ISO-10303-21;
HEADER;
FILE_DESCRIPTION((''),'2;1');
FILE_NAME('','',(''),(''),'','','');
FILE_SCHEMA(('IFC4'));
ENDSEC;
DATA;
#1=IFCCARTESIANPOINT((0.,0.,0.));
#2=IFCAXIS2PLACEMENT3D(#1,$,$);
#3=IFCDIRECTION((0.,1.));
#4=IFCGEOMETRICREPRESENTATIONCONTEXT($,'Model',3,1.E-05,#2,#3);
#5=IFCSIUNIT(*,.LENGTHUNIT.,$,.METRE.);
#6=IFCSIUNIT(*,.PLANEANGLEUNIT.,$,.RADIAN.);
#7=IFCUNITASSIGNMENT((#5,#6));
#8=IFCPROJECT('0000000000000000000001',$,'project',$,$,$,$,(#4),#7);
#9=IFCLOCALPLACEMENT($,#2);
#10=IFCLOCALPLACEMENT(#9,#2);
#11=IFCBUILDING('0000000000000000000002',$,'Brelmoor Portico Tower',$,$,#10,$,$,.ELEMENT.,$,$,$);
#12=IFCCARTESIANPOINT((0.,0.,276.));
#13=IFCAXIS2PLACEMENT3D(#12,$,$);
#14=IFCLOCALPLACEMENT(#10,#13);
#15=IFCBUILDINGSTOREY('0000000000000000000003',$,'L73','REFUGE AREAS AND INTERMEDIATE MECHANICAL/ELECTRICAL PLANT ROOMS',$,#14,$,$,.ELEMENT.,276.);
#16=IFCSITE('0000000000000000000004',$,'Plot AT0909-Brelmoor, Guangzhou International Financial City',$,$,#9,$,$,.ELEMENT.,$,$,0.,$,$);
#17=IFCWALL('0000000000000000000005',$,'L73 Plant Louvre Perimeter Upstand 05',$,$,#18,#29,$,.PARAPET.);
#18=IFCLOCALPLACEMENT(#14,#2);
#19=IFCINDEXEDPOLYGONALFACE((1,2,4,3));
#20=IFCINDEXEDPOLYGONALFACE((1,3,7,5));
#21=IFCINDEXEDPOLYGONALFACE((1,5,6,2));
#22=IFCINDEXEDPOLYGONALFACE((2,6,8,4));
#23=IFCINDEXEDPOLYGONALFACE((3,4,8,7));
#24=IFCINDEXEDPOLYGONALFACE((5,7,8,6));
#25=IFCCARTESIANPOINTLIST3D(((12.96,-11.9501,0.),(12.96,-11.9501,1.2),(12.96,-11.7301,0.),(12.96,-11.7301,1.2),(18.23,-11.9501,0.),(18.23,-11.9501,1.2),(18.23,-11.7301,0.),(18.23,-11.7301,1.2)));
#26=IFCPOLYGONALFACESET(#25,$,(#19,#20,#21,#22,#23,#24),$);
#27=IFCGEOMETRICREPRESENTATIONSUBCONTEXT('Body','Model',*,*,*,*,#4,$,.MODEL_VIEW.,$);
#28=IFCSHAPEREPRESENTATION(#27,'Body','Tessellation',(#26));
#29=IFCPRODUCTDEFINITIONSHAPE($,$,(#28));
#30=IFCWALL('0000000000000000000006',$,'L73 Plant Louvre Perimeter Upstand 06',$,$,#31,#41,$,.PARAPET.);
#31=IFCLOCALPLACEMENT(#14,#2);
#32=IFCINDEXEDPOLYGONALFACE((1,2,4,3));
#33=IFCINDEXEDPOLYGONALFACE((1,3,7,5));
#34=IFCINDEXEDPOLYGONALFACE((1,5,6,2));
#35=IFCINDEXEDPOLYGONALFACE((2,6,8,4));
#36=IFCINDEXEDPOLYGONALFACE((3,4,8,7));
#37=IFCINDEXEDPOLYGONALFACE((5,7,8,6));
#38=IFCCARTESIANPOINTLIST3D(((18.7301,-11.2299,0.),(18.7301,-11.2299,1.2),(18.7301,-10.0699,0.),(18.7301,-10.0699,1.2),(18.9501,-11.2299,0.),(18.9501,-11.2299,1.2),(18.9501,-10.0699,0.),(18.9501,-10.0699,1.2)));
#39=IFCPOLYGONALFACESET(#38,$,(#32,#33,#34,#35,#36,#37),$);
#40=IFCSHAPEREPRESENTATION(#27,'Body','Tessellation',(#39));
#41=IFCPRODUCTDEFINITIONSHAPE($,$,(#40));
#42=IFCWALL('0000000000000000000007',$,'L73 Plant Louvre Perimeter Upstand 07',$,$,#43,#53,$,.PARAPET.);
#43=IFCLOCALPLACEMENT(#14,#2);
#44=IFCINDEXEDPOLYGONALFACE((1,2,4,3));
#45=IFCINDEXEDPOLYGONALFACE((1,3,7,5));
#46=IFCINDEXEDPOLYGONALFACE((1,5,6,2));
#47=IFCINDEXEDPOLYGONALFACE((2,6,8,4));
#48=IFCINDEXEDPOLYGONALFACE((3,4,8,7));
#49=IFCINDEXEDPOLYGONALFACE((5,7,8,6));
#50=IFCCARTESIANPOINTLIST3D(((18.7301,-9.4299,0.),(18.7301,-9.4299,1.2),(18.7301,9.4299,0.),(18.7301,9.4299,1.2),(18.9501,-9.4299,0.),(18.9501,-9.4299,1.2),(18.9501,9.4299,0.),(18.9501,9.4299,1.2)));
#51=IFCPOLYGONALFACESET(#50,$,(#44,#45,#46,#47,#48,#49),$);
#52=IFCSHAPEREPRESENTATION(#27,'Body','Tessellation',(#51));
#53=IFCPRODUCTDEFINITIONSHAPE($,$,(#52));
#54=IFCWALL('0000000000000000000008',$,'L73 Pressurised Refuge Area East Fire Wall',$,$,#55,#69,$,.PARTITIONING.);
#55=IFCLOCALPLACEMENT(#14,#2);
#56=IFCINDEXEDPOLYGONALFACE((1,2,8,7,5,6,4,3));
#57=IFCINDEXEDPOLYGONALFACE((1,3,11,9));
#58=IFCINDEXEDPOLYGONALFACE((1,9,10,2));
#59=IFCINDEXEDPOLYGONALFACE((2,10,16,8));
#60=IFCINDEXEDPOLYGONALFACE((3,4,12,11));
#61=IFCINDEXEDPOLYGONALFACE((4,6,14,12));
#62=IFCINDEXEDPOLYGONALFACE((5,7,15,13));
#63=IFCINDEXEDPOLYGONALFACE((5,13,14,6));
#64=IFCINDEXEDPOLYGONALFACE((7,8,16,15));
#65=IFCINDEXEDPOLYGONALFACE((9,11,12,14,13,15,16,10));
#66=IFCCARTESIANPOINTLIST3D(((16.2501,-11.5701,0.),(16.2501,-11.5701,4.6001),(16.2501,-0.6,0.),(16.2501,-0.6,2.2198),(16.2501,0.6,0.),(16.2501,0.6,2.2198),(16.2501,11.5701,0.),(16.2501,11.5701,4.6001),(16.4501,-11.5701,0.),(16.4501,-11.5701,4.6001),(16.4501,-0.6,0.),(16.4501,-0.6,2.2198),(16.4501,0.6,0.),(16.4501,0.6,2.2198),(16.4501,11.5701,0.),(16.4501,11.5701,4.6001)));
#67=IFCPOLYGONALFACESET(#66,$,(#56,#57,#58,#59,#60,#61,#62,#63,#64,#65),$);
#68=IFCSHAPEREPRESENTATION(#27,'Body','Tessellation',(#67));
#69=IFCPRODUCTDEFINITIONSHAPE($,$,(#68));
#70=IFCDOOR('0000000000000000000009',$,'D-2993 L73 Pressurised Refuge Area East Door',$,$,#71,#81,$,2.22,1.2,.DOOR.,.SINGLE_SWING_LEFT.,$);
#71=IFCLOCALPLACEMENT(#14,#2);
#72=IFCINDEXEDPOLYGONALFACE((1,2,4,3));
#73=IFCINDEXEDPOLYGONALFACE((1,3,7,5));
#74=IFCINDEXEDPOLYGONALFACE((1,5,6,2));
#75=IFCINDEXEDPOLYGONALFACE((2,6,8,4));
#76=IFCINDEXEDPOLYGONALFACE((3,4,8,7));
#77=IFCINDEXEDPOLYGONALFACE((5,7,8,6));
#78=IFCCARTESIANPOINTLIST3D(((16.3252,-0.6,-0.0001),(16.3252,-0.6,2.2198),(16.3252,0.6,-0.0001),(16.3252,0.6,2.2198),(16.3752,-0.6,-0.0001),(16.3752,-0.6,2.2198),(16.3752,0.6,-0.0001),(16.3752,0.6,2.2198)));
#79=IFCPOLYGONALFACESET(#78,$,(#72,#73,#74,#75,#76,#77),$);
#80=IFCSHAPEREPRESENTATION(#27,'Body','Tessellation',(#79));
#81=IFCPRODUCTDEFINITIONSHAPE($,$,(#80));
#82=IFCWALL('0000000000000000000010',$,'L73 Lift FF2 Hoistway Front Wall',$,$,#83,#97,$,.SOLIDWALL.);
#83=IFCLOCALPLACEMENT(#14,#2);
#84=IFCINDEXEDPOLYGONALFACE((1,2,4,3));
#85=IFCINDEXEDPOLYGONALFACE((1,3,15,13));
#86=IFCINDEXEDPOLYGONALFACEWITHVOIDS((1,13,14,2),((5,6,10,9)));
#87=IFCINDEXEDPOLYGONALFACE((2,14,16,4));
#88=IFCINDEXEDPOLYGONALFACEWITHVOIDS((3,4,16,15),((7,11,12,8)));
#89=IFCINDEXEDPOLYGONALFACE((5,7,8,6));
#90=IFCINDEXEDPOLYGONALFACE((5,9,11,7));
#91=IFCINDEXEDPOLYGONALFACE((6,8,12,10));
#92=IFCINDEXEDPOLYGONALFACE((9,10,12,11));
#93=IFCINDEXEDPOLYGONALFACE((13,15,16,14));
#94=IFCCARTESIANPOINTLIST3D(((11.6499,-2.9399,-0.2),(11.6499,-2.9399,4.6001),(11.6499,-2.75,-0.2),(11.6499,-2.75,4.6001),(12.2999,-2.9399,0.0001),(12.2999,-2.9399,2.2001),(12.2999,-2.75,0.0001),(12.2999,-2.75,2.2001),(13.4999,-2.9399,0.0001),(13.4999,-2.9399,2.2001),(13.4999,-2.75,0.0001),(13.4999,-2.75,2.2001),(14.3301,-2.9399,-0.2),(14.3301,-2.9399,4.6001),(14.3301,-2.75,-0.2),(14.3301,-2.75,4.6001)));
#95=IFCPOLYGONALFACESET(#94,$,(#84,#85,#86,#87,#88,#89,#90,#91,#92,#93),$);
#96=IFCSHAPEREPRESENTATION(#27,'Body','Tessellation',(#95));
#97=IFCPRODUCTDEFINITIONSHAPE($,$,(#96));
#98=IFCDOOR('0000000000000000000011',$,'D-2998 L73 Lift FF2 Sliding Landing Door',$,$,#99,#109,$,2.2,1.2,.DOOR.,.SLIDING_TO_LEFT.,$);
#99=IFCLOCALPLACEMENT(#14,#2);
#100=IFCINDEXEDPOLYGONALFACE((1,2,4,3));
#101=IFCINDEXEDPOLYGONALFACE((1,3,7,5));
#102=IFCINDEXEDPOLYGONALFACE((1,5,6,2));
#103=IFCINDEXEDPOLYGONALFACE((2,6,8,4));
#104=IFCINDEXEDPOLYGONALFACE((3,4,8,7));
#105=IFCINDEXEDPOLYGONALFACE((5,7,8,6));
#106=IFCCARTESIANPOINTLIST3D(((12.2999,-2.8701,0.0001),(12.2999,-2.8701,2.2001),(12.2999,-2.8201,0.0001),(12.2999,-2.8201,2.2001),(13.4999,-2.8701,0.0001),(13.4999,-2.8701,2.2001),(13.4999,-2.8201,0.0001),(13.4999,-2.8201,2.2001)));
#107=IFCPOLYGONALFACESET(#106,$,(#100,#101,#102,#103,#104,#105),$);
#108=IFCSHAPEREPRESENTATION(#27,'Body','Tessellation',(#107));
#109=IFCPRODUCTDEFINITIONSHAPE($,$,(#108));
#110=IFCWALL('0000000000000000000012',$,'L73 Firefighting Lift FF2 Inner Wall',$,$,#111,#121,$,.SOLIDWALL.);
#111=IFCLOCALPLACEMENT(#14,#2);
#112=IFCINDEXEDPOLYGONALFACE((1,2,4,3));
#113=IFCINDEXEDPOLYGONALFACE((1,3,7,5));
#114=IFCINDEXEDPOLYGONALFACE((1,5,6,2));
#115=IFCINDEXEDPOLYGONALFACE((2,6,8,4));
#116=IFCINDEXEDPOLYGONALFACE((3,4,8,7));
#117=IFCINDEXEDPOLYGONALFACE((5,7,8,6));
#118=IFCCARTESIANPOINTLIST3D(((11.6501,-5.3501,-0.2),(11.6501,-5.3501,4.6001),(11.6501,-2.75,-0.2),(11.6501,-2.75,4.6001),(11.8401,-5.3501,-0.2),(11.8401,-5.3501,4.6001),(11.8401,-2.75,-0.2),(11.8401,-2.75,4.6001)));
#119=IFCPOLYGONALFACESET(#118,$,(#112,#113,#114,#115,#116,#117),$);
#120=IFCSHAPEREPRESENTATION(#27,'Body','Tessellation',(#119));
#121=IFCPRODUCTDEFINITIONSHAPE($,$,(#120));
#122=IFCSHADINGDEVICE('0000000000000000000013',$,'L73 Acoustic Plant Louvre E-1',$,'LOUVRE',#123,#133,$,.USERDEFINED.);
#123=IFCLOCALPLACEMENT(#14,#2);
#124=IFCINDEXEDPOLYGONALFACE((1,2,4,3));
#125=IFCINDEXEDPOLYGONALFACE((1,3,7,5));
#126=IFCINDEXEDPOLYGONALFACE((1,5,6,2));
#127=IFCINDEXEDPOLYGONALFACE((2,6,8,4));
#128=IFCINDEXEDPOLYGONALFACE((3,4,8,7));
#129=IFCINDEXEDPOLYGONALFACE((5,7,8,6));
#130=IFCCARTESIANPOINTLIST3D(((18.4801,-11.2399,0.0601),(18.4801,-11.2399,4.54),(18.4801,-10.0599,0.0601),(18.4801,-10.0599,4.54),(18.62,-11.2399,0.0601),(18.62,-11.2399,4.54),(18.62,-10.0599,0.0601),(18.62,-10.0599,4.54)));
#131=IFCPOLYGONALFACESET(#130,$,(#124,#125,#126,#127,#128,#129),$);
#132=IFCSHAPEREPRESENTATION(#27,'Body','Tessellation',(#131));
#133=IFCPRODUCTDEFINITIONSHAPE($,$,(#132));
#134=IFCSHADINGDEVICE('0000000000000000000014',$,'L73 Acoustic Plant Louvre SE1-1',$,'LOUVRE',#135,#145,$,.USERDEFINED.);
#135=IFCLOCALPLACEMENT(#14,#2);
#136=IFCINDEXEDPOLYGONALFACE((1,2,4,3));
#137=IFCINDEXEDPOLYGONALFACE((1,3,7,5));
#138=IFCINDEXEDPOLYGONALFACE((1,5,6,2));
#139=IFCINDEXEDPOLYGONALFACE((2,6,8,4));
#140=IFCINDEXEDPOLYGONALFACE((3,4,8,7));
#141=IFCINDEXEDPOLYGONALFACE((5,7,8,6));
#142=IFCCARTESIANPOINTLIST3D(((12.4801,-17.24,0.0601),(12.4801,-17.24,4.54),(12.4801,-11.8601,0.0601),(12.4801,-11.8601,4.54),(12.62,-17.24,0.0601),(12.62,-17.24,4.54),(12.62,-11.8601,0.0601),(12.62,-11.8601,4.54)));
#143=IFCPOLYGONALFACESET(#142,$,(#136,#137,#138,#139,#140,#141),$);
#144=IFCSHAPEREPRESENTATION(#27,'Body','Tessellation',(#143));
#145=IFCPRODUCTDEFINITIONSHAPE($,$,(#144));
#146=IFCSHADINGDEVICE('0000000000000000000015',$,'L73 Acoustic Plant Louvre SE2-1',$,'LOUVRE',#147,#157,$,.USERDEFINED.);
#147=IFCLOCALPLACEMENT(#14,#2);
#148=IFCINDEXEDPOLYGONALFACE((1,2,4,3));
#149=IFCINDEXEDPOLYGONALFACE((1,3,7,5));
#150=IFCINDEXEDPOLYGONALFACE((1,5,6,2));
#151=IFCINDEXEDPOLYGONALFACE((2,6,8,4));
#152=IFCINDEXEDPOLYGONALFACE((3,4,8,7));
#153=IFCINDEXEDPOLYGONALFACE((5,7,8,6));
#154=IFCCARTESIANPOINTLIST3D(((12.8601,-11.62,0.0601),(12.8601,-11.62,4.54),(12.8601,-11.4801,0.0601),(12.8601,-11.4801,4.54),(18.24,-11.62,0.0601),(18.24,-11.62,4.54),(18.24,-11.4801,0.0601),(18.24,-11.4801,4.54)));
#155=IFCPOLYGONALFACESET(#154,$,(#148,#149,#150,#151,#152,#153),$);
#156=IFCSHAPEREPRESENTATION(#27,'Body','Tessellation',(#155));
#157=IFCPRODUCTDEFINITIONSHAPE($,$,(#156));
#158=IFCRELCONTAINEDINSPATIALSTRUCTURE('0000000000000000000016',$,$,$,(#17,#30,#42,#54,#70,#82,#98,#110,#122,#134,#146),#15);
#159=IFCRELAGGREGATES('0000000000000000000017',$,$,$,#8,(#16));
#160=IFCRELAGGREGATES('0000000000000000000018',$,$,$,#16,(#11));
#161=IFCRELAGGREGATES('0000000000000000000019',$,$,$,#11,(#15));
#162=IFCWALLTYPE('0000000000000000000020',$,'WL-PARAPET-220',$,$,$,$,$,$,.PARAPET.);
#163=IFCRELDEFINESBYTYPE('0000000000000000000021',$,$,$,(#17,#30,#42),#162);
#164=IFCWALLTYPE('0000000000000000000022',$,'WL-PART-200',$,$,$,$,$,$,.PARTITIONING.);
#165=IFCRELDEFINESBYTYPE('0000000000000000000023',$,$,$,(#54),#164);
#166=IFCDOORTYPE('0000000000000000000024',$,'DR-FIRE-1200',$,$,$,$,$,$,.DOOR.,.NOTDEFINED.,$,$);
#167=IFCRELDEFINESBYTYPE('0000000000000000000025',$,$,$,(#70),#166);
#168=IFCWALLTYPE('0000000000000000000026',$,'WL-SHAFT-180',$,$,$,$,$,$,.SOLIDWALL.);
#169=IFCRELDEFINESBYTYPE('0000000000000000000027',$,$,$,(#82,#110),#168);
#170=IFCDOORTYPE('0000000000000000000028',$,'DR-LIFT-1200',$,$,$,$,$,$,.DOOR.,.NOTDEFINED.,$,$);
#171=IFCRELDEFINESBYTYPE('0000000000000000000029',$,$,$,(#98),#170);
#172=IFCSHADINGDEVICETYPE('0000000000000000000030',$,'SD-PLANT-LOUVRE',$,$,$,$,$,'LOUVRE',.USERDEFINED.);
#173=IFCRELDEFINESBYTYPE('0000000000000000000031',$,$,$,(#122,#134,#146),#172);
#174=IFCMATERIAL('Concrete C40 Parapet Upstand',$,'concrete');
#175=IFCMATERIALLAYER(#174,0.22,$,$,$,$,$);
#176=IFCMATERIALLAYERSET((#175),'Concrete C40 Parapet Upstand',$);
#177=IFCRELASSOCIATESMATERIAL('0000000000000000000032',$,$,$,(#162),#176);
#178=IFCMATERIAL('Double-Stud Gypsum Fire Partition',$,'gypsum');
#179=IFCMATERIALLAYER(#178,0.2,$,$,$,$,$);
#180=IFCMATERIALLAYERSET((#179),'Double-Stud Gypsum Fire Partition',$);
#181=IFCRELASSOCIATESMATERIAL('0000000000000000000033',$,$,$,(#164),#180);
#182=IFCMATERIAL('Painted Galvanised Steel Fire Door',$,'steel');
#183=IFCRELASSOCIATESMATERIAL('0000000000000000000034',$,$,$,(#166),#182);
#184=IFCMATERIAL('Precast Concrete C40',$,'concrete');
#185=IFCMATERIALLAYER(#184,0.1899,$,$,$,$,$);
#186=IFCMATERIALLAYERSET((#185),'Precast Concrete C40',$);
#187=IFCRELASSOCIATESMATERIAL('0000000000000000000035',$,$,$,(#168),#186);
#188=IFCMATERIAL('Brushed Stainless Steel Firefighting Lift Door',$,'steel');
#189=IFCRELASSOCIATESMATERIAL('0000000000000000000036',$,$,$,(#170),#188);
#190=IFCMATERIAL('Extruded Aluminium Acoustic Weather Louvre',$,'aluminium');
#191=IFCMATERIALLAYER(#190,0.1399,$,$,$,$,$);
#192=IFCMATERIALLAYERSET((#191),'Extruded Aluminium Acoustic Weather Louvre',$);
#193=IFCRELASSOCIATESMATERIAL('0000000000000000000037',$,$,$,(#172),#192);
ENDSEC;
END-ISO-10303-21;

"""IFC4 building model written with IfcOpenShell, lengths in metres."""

from ifc_helpers import new_model, si_unit, direction, frame, frame_2d, origin, origin_2d, place, context, subcontext, project, spatial, rectangle, extrude, material, layer, layer_set, type_object, element, fill, save


model = new_model("IFC4")

# Units and contexts
model_context = context("Model", 3, precision=1e-05, world=origin(), true_north=direction((0.0, 1.0)))
body_context = subcontext(model_context, "Body", "Model", "MODEL_VIEW")
ifc_project = project(units=[si_unit("LENGTHUNIT", "METRE"), si_unit("PLANEANGLEUNIT", "RADIAN")], contexts=[model_context])

# Site, building, storey
site_placement = place(None, origin())
site = spatial("IfcSite", under=ifc_project, at=site_placement, Name="Plot AT0909-Brelmoor, Guangzhou International Financial City", CompositionType="ELEMENT", RefElevation=0.0)
building_placement = place(site_placement, origin())
building = spatial("IfcBuilding", under=site, at=building_placement, Name="Brelmoor Portico Tower", CompositionType="ELEMENT")
storey_placement = place(building_placement, frame((0.0, 0.0, 276.0)))
storey = spatial("IfcBuildingStorey", under=building, at=storey_placement, Name="L73", Description="REFUGE AREAS AND INTERMEDIATE MECHANICAL/ELECTRICAL PLANT ROOMS", CompositionType="ELEMENT", Elevation=276.0)

# Walls
ifc_material_1 = material(Name="Concrete C40 Parapet Upstand", Category="concrete")
ifc_layer_1 = layer(ifc_material_1, 0.22)
ifc_layer_set_1 = layer_set([ifc_layer_1], Name="Concrete C40 Parapet Upstand")
wall_type_1 = type_object("IfcWallType", Name="WL-PARAPET-220", PredefinedType="PARAPET", material=ifc_layer_set_1)
for number, where, z_axis, x_axis, name in (
    (1, (12.96, -11.8401, 0.0), (0.0, 0.0, 1.0), (1.0, 0.0, 0.0), "L73 Plant Louvre Perimeter Upstand 05"),
):
    element("IfcWall", number, at=place(storey_placement, frame(where, z_axis=z_axis, x_axis=x_axis)), inside=storey, type_object=wall_type_1, Name=name, PredefinedType="PARAPET", context=body_context, shape_type="SweptSolid", body=[
        extrude(rectangle(XDim=5.27, YDim=0.22, at=frame_2d((2.635, 0.0))), origin(), (0.0, 0.0, 1.0), 1.2),
    ])
wall_1_placement = place(storey_placement, frame((18.8401, -11.23, 0.0), z_axis=(0.0, 0.0, 1.0), x_axis=(0.0, 1.0, 0.0)))
element("IfcWall", 2, at=wall_1_placement, inside=storey, type_object=wall_type_1, Name="L73 Plant Louvre Perimeter Upstand 06", PredefinedType="PARAPET", context=body_context, shape_type="SweptSolid", body=[
    extrude(rectangle(XDim=1.1599, YDim=0.22, at=frame_2d((0.5801, 0.0))), origin(), (0.0, 0.0, 1.0), 1.2),
])
wall_2_placement = place(storey_placement, frame((18.8401, -9.4299, 0.0), z_axis=(0.0, 0.0, 1.0), x_axis=(0.0, 1.0, 0.0)))
element("IfcWall", 3, at=wall_2_placement, inside=storey, type_object=wall_type_1, Name="L73 Plant Louvre Perimeter Upstand 07", PredefinedType="PARAPET", context=body_context, shape_type="SweptSolid", body=[
    extrude(rectangle(XDim=18.8599, YDim=0.22, at=frame_2d((9.4299, 0.0))), origin(), (0.0, 0.0, 1.0), 1.2),
])

# Walls, openings, doors
ifc_material_2 = material(Name="Double-Stud Gypsum Fire Partition", Category="gypsum")
ifc_layer_2 = layer(ifc_material_2, 0.2)
ifc_layer_set_2 = layer_set([ifc_layer_2], Name="Double-Stud Gypsum Fire Partition")
wall_type_2 = type_object("IfcWallType", Name="WL-PART-200", PredefinedType="PARTITIONING", material=ifc_layer_set_2)
wall_3_placement = place(storey_placement, frame((16.3501, -11.5701, 0.0), z_axis=(0.0, 0.0, 1.0), x_axis=(0.0, 1.0, 0.0)))
wall_3 = element("IfcWall", 4, at=wall_3_placement, inside=storey, type_object=wall_type_2, Name="L73 Pressurised Refuge Area East Fire Wall", PredefinedType="PARTITIONING", context=body_context, shape_type="SweptSolid", body=[
    extrude(rectangle(XDim=23.1401, YDim=0.2, at=frame_2d((11.5701, 0.0))), origin(), (0.0, 0.0, 1.0), 4.6001),
])
opening_1_placement = place(wall_3_placement, frame((10.97, 0.0, 0.0)))
opening_1 = element("IfcOpeningElement", 5, at=opening_1_placement, cuts=wall_3, PredefinedType="OPENING", context=body_context, shape_type="SweptSolid", body=[
    extrude(rectangle(XDim=1.2, YDim=2.22, at=frame_2d((0.6001, 1.1099))), frame((0.0, 0.1099, 0.0), z_axis=(0.0, -1.0, 0.0), x_axis=(1.0, 0.0, 0.0)), (0.0, 0.0, 1.0), 0.22),
])
ifc_material_3 = material(Name="Painted Galvanised Steel Fire Door", Category="steel")
door_type_1 = type_object("IfcDoorType", Name="DR-FIRE-1200", OperationType="NOTDEFINED", PredefinedType="DOOR", material=ifc_material_3)
door_1_placement = place(opening_1_placement, origin())
door_1 = element("IfcDoor", 6, at=door_1_placement, inside=storey, type_object=door_type_1, Name="D-2993 L73 Pressurised Refuge Area East Door", OperationType="SINGLE_SWING_LEFT", OverallHeight=2.22, OverallWidth=1.2, PredefinedType="DOOR", context=body_context, shape_type="SweptSolid", body=[
    extrude(rectangle(XDim=1.2, YDim=2.22, at=frame_2d((0.6001, 1.1099))), frame((0.0, 0.0249, 0.0), z_axis=(0.0, -1.0, 0.0), x_axis=(1.0, 0.0, 0.0)), (0.0, 0.0, 1.0), 0.05),
])
fill(opening_1, door_1)
ifc_material_4 = material(Name="Precast Concrete C40", Category="concrete")
ifc_layer_3 = layer(ifc_material_4, 0.1899)
ifc_layer_set_3 = layer_set([ifc_layer_3], Name="Precast Concrete C40")
wall_type_3 = type_object("IfcWallType", Name="WL-SHAFT-180", PredefinedType="SOLIDWALL", material=ifc_layer_set_3)
wall_4_placement = place(storey_placement, frame((11.6499, -2.845, -0.2), z_axis=(0.0, 0.0, 1.0), x_axis=(1.0, 0.0, 0.0)))
wall_4 = element("IfcWall", 7, at=wall_4_placement, inside=storey, type_object=wall_type_3, Name="L73 Lift FF2 Hoistway Front Wall", PredefinedType="SOLIDWALL", context=body_context, shape_type="SweptSolid", body=[
    extrude(rectangle(XDim=2.6802, YDim=0.1899, at=frame_2d((1.3401, 0.0))), origin(), (0.0, 0.0, 1.0), 4.8),
])
opening_2_placement = place(wall_4_placement, frame((0.6499, 0.0, 0.2)))
opening_2 = element("IfcOpeningElement", 8, at=opening_2_placement, cuts=wall_4, PredefinedType="OPENING", context=body_context, shape_type="SweptSolid", body=[
    extrude(rectangle(XDim=1.2, YDim=2.2, at=frame_2d((0.6001, 1.1001))), frame((0.0, 0.105, 0.0), z_axis=(0.0, -1.0, 0.0), x_axis=(1.0, 0.0, 0.0)), (0.0, 0.0, 1.0), 0.21),
])
ifc_material_5 = material(Name="Brushed Stainless Steel Firefighting Lift Door", Category="steel")
door_type_2 = type_object("IfcDoorType", Name="DR-LIFT-1200", OperationType="NOTDEFINED", PredefinedType="DOOR", material=ifc_material_5)
door_2_placement = place(opening_2_placement, origin())
door_2 = element("IfcDoor", 9, at=door_2_placement, inside=storey, type_object=door_type_2, Name="D-2998 L73 Lift FF2 Sliding Landing Door", OperationType="SLIDING_TO_LEFT", OverallHeight=2.2, OverallWidth=1.2, PredefinedType="DOOR", context=body_context, shape_type="SweptSolid", body=[
    extrude(rectangle(XDim=1.2, YDim=2.2, at=frame_2d((0.6001, 1.1001))), frame((0.0, 0.0249, 0.0), z_axis=(0.0, -1.0, 0.0), x_axis=(1.0, 0.0, 0.0)), (0.0, 0.0, 1.0), 0.05),
])
fill(opening_2, door_2)

# Wall
wall_5_placement = place(storey_placement, frame((11.7451, -5.3501, -0.2), z_axis=(0.0, 0.0, 1.0), x_axis=(0.0, 1.0, 0.0)))
element("IfcWall", 10, at=wall_5_placement, inside=storey, type_object=wall_type_3, Name="L73 Firefighting Lift FF2 Inner Wall", PredefinedType="SOLIDWALL", context=body_context, shape_type="SweptSolid", body=[
    extrude(rectangle(XDim=2.6001, YDim=0.1899, at=frame_2d((1.3, 0.0))), origin(), (0.0, 0.0, 1.0), 4.8),
])

# Shading devices
ifc_material_6 = material(Name="Extruded Aluminium Acoustic Weather Louvre", Category="aluminium")
ifc_layer_4 = layer(ifc_material_6, 0.1399)
ifc_layer_set_4 = layer_set([ifc_layer_4], Name="Extruded Aluminium Acoustic Weather Louvre")
shading_device_type = type_object("IfcShadingDeviceType", Name="SD-PLANT-LOUVRE", ElementType="LOUVRE", PredefinedType="USERDEFINED", material=ifc_layer_set_4)
shading_device_placement = place(storey_placement, frame((18.55, -10.6499, 0.0601), z_axis=(0.0, 0.0, 1.0), x_axis=(0.0, 1.0, 0.0)))
element("IfcShadingDevice", 11, at=shading_device_placement, inside=storey, type_object=shading_device_type, Name="L73 Acoustic Plant Louvre E-1", ObjectType="LOUVRE", PredefinedType="USERDEFINED", context=body_context, shape_type="SweptSolid", body=[
    extrude(rectangle(XDim=1.1799, YDim=0.1399, at=origin_2d()), origin(), (0.0, 0.0, 1.0), 4.48),
])
for number, where, z_axis, x_axis, name in (
    (12, (12.55, -14.55, 0.0601), (0.0, 0.0, 1.0), (0.0, 1.0, 0.0), "L73 Acoustic Plant Louvre SE1-1"),
    (13, (15.55, -11.55, 0.0601), (0.0, 0.0, 1.0), (1.0, 0.0, 0.0), "L73 Acoustic Plant Louvre SE2-1"),
):
    element("IfcShadingDevice", number, at=place(storey_placement, frame(where, z_axis=z_axis, x_axis=x_axis)), inside=storey, type_object=shading_device_type, Name=name, ObjectType="LOUVRE", PredefinedType="USERDEFINED", context=body_context, shape_type="SweptSolid", body=[
        extrude(rectangle(XDim=5.3799, YDim=0.1399, at=origin_2d()), origin(), (0.0, 0.0, 1.0), 4.48),
    ])

save(model, "model.ifc")
